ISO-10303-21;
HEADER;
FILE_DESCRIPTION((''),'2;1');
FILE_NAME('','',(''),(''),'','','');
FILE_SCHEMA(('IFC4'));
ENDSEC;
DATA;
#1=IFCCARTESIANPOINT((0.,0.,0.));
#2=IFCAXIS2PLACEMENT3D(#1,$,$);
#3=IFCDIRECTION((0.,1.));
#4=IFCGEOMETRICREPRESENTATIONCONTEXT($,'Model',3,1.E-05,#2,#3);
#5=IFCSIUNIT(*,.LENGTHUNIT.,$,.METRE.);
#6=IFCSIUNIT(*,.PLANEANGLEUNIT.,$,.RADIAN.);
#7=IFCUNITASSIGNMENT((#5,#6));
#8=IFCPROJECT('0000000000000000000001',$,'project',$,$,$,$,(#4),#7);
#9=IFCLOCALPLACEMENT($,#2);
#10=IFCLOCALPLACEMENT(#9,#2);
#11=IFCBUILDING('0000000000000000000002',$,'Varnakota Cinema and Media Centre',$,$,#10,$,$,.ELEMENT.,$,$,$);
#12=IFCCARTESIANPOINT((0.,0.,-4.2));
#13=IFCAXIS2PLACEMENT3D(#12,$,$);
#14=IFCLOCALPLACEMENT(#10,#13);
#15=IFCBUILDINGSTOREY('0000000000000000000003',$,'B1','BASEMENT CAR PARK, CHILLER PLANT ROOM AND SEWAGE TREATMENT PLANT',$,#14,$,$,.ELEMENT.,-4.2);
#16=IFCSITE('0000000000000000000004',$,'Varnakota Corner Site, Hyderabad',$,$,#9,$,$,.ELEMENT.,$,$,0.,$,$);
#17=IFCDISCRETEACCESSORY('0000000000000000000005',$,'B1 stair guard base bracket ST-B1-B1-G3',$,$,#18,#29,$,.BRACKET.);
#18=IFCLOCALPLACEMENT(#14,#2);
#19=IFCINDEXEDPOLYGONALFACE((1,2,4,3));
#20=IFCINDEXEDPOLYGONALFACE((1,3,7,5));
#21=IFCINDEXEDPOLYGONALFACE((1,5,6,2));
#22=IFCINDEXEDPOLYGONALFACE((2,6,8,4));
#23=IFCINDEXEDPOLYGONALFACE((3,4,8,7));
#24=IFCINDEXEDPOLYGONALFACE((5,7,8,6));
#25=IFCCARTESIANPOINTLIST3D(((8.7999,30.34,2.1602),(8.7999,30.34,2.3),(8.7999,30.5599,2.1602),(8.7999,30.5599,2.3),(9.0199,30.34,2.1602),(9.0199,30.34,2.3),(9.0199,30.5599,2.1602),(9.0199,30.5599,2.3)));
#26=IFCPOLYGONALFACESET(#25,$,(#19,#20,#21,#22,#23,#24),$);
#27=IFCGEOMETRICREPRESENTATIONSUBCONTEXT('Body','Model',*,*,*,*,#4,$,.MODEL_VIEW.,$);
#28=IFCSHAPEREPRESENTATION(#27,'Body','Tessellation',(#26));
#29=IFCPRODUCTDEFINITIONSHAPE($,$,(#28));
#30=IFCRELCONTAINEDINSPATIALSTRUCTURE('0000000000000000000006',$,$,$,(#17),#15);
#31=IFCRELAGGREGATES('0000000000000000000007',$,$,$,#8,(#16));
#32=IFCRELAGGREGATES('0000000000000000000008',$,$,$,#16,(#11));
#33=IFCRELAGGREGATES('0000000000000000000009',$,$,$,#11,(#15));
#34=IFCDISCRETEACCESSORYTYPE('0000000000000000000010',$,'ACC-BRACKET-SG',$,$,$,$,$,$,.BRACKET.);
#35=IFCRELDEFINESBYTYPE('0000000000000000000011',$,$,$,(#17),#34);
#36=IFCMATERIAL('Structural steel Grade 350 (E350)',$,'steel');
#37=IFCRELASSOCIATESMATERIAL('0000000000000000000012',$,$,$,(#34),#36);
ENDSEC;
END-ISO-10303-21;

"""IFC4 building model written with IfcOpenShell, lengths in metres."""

from ifc_helpers import new_model, si_unit, direction, frame, origin, origin_2d, place, context, subcontext, project, spatial, rectangle, extrude, material, type_object, element, save


model = new_model("IFC4")

# Units and contexts
model_context = context("Model", 3, precision=1e-05, world=origin(), true_north=direction((0.0, 1.0)))
body_context = subcontext(model_context, "Body", "Model", "MODEL_VIEW")
ifc_project = project(units=[si_unit("LENGTHUNIT", "METRE"), si_unit("PLANEANGLEUNIT", "RADIAN")], contexts=[model_context])

# Site, building, storey
site_placement = place(None, origin())
site = spatial("IfcSite", under=ifc_project, at=site_placement, Name="Varnakota Corner Site, Hyderabad", CompositionType="ELEMENT", RefElevation=0.0)
building_placement = place(site_placement, origin())
building = spatial("IfcBuilding", under=site, at=building_placement, Name="Varnakota Cinema and Media Centre", CompositionType="ELEMENT")
storey_placement = place(building_placement, frame((0.0, 0.0, -4.2)))
storey = spatial("IfcBuildingStorey", under=building, at=storey_placement, Name="B1", Description="BASEMENT CAR PARK, CHILLER PLANT ROOM AND SEWAGE TREATMENT PLANT", CompositionType="ELEMENT", Elevation=-4.2)

# Discrete accessory
ifc_material_1 = material(Name="Structural steel Grade 350 (E350)", Category="steel")
discrete_accessory_type = type_object("IfcDiscreteAccessoryType", Name="ACC-BRACKET-SG", PredefinedType="BRACKET", material=ifc_material_1)
for number, where, z_axis, x_axis, name in (
    (1, (8.9099, 30.45, 2.1602), (0.0, 0.0, 1.0), (1.0, 0.0, 0.0), "B1 stair guard base bracket ST-B1-B1-G3"),
):
    element("IfcDiscreteAccessory", number, at=place(storey_placement, frame(where, z_axis=z_axis, x_axis=x_axis)), inside=storey, type_object=discrete_accessory_type, Name=name, PredefinedType="BRACKET", context=body_context, shape_type="SweptSolid", body=[
        extrude(rectangle(XDim=0.22, YDim=0.22, at=origin_2d()), origin(), (0.0, 0.0, 1.0), 0.1399),
    ])

save(model, "model.ifc")
